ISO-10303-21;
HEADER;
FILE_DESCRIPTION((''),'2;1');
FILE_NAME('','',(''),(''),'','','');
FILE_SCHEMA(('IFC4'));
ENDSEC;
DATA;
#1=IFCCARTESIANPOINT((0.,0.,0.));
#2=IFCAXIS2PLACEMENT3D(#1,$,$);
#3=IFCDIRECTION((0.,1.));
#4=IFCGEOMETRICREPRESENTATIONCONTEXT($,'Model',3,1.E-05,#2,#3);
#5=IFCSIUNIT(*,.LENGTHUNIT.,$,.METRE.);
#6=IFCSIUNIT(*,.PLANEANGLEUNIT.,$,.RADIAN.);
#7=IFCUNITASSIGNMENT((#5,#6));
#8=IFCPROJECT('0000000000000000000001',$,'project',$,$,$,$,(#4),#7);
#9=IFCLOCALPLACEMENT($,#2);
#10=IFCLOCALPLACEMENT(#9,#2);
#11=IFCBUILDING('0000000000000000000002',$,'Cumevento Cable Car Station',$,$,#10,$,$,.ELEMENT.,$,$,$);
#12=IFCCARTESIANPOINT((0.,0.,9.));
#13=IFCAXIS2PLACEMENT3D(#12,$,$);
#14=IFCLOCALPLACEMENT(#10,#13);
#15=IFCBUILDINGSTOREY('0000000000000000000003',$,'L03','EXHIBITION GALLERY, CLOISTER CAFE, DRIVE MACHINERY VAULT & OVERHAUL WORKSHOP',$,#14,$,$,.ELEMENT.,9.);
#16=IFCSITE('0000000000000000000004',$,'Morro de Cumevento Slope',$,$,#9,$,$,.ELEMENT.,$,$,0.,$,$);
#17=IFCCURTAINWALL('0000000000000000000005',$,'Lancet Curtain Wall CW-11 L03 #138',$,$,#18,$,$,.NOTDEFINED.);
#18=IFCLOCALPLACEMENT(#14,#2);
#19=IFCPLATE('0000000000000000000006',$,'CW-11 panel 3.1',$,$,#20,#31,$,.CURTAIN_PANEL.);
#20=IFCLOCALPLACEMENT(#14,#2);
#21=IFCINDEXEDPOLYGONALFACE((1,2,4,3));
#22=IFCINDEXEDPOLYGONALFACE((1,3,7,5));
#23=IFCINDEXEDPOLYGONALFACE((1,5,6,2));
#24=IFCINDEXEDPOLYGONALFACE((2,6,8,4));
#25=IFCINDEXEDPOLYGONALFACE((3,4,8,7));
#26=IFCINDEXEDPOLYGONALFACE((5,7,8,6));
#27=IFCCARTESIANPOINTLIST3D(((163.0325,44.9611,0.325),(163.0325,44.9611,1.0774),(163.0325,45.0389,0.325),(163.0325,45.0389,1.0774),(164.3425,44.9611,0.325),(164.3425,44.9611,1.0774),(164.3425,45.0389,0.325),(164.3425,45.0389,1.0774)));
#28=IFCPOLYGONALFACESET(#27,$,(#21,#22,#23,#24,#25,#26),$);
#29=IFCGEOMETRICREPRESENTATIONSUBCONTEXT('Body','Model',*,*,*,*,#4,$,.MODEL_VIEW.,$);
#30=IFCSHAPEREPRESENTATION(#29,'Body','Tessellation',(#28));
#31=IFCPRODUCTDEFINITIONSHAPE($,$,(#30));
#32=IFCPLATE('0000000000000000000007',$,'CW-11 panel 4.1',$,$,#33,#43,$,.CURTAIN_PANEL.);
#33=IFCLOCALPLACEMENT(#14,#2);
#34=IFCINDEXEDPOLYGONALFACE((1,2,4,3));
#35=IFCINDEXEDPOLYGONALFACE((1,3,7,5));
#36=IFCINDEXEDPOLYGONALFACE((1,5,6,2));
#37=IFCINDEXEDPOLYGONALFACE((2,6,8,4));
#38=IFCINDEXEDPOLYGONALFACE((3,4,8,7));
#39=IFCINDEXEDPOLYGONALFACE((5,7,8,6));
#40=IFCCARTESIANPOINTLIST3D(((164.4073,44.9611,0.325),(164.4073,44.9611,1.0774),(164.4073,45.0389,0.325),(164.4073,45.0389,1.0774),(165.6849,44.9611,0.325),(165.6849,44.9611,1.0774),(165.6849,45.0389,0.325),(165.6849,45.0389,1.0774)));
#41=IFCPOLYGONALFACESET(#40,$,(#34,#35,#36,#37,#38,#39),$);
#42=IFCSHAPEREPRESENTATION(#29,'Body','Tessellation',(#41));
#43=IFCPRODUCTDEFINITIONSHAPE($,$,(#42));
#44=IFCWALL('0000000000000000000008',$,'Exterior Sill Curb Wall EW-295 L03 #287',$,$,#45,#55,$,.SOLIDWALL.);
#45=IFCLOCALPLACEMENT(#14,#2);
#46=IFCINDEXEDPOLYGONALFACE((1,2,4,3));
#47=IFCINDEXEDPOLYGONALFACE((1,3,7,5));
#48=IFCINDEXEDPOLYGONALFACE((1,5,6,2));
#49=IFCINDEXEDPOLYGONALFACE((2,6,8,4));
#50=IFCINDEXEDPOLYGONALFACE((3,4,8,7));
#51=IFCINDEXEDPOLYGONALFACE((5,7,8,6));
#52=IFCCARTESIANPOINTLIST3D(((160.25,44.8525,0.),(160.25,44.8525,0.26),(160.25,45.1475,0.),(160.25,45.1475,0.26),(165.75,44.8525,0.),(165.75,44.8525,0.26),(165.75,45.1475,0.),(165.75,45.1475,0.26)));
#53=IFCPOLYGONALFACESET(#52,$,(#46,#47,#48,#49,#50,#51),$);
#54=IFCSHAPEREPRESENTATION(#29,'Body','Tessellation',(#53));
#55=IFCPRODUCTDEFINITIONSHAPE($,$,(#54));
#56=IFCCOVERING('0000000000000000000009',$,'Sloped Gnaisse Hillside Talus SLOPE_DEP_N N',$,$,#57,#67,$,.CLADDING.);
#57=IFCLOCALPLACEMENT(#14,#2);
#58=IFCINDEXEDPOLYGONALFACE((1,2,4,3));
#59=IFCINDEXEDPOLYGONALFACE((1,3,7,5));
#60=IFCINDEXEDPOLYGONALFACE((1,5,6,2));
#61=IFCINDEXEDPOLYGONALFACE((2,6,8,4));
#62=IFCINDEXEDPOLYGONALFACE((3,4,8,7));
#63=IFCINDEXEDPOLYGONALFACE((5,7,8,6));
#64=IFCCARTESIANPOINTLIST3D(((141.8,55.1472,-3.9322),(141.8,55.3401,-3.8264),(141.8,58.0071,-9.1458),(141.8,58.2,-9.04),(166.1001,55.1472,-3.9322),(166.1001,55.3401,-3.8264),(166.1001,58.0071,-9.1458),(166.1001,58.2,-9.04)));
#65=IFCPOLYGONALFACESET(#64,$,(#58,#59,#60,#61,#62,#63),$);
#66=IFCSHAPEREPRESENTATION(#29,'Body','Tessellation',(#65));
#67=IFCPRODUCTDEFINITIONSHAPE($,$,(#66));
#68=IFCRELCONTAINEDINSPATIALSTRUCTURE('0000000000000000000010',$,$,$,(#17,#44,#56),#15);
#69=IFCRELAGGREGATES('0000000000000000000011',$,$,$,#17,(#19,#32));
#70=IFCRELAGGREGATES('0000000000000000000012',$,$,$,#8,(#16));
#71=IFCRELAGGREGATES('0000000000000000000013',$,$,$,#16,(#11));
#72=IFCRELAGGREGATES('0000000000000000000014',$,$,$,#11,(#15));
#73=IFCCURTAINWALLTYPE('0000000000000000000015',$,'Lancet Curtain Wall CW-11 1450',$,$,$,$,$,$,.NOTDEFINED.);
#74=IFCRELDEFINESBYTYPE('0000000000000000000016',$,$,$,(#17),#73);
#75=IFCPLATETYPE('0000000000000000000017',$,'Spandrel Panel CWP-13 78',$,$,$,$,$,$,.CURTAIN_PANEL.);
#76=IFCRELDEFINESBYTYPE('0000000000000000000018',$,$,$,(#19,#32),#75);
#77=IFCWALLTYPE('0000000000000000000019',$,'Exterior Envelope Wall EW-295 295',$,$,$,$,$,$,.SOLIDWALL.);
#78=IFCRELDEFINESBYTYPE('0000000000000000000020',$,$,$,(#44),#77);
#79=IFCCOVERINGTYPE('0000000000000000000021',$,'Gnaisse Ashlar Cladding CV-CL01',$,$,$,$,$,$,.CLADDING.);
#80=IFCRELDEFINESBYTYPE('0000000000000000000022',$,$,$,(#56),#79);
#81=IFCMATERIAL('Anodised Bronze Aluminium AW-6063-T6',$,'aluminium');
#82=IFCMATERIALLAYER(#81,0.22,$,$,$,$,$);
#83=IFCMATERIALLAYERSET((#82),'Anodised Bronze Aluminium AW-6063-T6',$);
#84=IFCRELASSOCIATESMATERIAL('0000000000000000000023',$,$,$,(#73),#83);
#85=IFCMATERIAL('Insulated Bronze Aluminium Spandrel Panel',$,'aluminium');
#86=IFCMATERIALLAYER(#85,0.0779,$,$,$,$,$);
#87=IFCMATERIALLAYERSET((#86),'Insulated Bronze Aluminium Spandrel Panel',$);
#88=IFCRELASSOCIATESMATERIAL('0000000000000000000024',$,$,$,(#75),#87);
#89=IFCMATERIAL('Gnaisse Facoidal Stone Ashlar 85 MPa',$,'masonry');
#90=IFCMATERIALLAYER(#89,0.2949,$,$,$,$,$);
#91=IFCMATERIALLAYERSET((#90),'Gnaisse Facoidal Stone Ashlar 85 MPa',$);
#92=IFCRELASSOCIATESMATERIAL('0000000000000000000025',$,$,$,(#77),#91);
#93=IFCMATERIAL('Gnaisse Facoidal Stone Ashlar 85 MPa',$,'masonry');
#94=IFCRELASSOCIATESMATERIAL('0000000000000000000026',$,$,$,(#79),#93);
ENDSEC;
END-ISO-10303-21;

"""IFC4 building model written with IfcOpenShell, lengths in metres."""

from ifc_helpers import new_model, si_unit, direction, frame, frame_2d, origin, origin_2d, place, context, subcontext, project, spatial, polyline, rectangle, outline, extrude, material, layer, layer_set, type_object, element, aggregate, save


model = new_model("IFC4")

# Units and contexts
model_context = context("Model", 3, precision=1e-05, world=origin(), true_north=direction((0.0, 1.0)))
body_context = subcontext(model_context, "Body", "Model", "MODEL_VIEW")
ifc_project = project(units=[si_unit("LENGTHUNIT", "METRE"), si_unit("PLANEANGLEUNIT", "RADIAN")], contexts=[model_context])

# Site, building, storey
site_placement = place(None, origin())
site = spatial("IfcSite", under=ifc_project, at=site_placement, Name="Morro de Cumevento Slope", CompositionType="ELEMENT", RefElevation=0.0)
building_placement = place(site_placement, origin())
building = spatial("IfcBuilding", under=site, at=building_placement, Name="Cumevento Cable Car Station", CompositionType="ELEMENT")
storey_placement = place(building_placement, frame((0.0, 0.0, 9.0)))
storey = spatial("IfcBuildingStorey", under=building, at=storey_placement, Name="L03", Description="EXHIBITION GALLERY, CLOISTER CAFE, DRIVE MACHINERY VAULT & OVERHAUL WORKSHOP", CompositionType="ELEMENT", Elevation=9.0)

# Curtain wall
ifc_material_1 = material(Name="Anodised Bronze Aluminium AW-6063-T6", Category="aluminium")
ifc_layer_1 = layer(ifc_material_1, 0.22)
ifc_layer_set_1 = layer_set([ifc_layer_1], Name="Anodised Bronze Aluminium AW-6063-T6")
curtain_wall_type_1 = type_object("IfcCurtainWallType", Name="Lancet Curtain Wall CW-11 1450", PredefinedType="NOTDEFINED", material=ifc_layer_set_1)
curtain_wall_1_placement = place(storey_placement, origin())
curtain_wall_1 = element("IfcCurtainWall", 1, at=curtain_wall_1_placement, inside=storey, type_object=curtain_wall_type_1, Name="Lancet Curtain Wall CW-11 L03 #138", PredefinedType="NOTDEFINED")

# Plates
ifc_material_2 = material(Name="Insulated Bronze Aluminium Spandrel Panel", Category="aluminium")
ifc_layer_2 = layer(ifc_material_2, 0.0779)
ifc_layer_set_2 = layer_set([ifc_layer_2], Name="Insulated Bronze Aluminium Spandrel Panel")
plate_type_1 = type_object("IfcPlateType", Name="Spandrel Panel CWP-13 78", PredefinedType="CURTAIN_PANEL", material=ifc_layer_set_2)
plate_1_placement = place(storey_placement, frame((163.6875, 45.0, 0.325), z_axis=(0.0, 0.0, 1.0), x_axis=(1.0, 0.0, 0.0)))
plate_1 = element("IfcPlate", 2, at=plate_1_placement, type_object=plate_type_1, Name="CW-11 panel 3.1", PredefinedType="CURTAIN_PANEL", context=body_context, shape_type="SweptSolid", body=[
    extrude(rectangle(XDim=1.3101, YDim=0.0779, at=origin_2d()), origin(), (0.0, 0.0, 1.0), 0.7524),
])
plate_2_placement = place(storey_placement, frame((165.0461, 45.0, 0.325), z_axis=(0.0, 0.0, 1.0), x_axis=(1.0, 0.0, 0.0)))
plate_2 = element("IfcPlate", 3, at=plate_2_placement, type_object=plate_type_1, Name="CW-11 panel 4.1", PredefinedType="CURTAIN_PANEL", context=body_context, shape_type="SweptSolid", body=[
    extrude(rectangle(XDim=1.2776, YDim=0.0779, at=origin_2d()), origin(), (0.0, 0.0, 1.0), 0.7524),
])
aggregate(curtain_wall_1, [plate_1, plate_2])

# Wall
ifc_material_3 = material(Name="Gnaisse Facoidal Stone Ashlar 85 MPa", Category="masonry")
ifc_layer_3 = layer(ifc_material_3, 0.2949)
ifc_layer_set_3 = layer_set([ifc_layer_3], Name="Gnaisse Facoidal Stone Ashlar 85 MPa")
wall_type = type_object("IfcWallType", Name="Exterior Envelope Wall EW-295 295", PredefinedType="SOLIDWALL", material=ifc_layer_set_3)
wall_placement = place(storey_placement, frame((160.25, 45.0, 0.0), z_axis=(0.0, 0.0, 1.0), x_axis=(1.0, 0.0, 0.0)))
element("IfcWall", 4, at=wall_placement, inside=storey, type_object=wall_type, Name="Exterior Sill Curb Wall EW-295 L03 #287", PredefinedType="SOLIDWALL", context=body_context, shape_type="SweptSolid", body=[
    extrude(rectangle(XDim=5.5, YDim=0.2949, at=frame_2d((2.75, 0.0))), origin(), (0.0, 0.0, 1.0), 0.26),
])

# Covering
ifc_material_4 = material(Name="Gnaisse Facoidal Stone Ashlar 85 MPa", Category="masonry")
covering_type = type_object("IfcCoveringType", Name="Gnaisse Ashlar Cladding CV-CL01", PredefinedType="CLADDING", material=ifc_material_4)
covering_1_placement = place(storey_placement, frame((166.1001, 58.2, -9.04), z_axis=(0.0, 0.876757, 0.480933), x_axis=(-1.0, 0.0, 0.0)))
element("IfcCovering", 5, at=covering_1_placement, inside=storey, type_object=covering_type, Name="Sloped Gnaisse Hillside Talus SLOPE_DEP_N N", PredefinedType="CLADDING", context=body_context, shape_type="SweptSolid", body=[
    extrude(outline(polyline([(0.0, 0.0), (24.3, 0.0), (24.3, 5.9465), (0.0, 5.9465), (0.0, 0.0)])), origin(), (0.0, 0.0, -1.0), 0.22),
])

save(model, "model.ifc")
